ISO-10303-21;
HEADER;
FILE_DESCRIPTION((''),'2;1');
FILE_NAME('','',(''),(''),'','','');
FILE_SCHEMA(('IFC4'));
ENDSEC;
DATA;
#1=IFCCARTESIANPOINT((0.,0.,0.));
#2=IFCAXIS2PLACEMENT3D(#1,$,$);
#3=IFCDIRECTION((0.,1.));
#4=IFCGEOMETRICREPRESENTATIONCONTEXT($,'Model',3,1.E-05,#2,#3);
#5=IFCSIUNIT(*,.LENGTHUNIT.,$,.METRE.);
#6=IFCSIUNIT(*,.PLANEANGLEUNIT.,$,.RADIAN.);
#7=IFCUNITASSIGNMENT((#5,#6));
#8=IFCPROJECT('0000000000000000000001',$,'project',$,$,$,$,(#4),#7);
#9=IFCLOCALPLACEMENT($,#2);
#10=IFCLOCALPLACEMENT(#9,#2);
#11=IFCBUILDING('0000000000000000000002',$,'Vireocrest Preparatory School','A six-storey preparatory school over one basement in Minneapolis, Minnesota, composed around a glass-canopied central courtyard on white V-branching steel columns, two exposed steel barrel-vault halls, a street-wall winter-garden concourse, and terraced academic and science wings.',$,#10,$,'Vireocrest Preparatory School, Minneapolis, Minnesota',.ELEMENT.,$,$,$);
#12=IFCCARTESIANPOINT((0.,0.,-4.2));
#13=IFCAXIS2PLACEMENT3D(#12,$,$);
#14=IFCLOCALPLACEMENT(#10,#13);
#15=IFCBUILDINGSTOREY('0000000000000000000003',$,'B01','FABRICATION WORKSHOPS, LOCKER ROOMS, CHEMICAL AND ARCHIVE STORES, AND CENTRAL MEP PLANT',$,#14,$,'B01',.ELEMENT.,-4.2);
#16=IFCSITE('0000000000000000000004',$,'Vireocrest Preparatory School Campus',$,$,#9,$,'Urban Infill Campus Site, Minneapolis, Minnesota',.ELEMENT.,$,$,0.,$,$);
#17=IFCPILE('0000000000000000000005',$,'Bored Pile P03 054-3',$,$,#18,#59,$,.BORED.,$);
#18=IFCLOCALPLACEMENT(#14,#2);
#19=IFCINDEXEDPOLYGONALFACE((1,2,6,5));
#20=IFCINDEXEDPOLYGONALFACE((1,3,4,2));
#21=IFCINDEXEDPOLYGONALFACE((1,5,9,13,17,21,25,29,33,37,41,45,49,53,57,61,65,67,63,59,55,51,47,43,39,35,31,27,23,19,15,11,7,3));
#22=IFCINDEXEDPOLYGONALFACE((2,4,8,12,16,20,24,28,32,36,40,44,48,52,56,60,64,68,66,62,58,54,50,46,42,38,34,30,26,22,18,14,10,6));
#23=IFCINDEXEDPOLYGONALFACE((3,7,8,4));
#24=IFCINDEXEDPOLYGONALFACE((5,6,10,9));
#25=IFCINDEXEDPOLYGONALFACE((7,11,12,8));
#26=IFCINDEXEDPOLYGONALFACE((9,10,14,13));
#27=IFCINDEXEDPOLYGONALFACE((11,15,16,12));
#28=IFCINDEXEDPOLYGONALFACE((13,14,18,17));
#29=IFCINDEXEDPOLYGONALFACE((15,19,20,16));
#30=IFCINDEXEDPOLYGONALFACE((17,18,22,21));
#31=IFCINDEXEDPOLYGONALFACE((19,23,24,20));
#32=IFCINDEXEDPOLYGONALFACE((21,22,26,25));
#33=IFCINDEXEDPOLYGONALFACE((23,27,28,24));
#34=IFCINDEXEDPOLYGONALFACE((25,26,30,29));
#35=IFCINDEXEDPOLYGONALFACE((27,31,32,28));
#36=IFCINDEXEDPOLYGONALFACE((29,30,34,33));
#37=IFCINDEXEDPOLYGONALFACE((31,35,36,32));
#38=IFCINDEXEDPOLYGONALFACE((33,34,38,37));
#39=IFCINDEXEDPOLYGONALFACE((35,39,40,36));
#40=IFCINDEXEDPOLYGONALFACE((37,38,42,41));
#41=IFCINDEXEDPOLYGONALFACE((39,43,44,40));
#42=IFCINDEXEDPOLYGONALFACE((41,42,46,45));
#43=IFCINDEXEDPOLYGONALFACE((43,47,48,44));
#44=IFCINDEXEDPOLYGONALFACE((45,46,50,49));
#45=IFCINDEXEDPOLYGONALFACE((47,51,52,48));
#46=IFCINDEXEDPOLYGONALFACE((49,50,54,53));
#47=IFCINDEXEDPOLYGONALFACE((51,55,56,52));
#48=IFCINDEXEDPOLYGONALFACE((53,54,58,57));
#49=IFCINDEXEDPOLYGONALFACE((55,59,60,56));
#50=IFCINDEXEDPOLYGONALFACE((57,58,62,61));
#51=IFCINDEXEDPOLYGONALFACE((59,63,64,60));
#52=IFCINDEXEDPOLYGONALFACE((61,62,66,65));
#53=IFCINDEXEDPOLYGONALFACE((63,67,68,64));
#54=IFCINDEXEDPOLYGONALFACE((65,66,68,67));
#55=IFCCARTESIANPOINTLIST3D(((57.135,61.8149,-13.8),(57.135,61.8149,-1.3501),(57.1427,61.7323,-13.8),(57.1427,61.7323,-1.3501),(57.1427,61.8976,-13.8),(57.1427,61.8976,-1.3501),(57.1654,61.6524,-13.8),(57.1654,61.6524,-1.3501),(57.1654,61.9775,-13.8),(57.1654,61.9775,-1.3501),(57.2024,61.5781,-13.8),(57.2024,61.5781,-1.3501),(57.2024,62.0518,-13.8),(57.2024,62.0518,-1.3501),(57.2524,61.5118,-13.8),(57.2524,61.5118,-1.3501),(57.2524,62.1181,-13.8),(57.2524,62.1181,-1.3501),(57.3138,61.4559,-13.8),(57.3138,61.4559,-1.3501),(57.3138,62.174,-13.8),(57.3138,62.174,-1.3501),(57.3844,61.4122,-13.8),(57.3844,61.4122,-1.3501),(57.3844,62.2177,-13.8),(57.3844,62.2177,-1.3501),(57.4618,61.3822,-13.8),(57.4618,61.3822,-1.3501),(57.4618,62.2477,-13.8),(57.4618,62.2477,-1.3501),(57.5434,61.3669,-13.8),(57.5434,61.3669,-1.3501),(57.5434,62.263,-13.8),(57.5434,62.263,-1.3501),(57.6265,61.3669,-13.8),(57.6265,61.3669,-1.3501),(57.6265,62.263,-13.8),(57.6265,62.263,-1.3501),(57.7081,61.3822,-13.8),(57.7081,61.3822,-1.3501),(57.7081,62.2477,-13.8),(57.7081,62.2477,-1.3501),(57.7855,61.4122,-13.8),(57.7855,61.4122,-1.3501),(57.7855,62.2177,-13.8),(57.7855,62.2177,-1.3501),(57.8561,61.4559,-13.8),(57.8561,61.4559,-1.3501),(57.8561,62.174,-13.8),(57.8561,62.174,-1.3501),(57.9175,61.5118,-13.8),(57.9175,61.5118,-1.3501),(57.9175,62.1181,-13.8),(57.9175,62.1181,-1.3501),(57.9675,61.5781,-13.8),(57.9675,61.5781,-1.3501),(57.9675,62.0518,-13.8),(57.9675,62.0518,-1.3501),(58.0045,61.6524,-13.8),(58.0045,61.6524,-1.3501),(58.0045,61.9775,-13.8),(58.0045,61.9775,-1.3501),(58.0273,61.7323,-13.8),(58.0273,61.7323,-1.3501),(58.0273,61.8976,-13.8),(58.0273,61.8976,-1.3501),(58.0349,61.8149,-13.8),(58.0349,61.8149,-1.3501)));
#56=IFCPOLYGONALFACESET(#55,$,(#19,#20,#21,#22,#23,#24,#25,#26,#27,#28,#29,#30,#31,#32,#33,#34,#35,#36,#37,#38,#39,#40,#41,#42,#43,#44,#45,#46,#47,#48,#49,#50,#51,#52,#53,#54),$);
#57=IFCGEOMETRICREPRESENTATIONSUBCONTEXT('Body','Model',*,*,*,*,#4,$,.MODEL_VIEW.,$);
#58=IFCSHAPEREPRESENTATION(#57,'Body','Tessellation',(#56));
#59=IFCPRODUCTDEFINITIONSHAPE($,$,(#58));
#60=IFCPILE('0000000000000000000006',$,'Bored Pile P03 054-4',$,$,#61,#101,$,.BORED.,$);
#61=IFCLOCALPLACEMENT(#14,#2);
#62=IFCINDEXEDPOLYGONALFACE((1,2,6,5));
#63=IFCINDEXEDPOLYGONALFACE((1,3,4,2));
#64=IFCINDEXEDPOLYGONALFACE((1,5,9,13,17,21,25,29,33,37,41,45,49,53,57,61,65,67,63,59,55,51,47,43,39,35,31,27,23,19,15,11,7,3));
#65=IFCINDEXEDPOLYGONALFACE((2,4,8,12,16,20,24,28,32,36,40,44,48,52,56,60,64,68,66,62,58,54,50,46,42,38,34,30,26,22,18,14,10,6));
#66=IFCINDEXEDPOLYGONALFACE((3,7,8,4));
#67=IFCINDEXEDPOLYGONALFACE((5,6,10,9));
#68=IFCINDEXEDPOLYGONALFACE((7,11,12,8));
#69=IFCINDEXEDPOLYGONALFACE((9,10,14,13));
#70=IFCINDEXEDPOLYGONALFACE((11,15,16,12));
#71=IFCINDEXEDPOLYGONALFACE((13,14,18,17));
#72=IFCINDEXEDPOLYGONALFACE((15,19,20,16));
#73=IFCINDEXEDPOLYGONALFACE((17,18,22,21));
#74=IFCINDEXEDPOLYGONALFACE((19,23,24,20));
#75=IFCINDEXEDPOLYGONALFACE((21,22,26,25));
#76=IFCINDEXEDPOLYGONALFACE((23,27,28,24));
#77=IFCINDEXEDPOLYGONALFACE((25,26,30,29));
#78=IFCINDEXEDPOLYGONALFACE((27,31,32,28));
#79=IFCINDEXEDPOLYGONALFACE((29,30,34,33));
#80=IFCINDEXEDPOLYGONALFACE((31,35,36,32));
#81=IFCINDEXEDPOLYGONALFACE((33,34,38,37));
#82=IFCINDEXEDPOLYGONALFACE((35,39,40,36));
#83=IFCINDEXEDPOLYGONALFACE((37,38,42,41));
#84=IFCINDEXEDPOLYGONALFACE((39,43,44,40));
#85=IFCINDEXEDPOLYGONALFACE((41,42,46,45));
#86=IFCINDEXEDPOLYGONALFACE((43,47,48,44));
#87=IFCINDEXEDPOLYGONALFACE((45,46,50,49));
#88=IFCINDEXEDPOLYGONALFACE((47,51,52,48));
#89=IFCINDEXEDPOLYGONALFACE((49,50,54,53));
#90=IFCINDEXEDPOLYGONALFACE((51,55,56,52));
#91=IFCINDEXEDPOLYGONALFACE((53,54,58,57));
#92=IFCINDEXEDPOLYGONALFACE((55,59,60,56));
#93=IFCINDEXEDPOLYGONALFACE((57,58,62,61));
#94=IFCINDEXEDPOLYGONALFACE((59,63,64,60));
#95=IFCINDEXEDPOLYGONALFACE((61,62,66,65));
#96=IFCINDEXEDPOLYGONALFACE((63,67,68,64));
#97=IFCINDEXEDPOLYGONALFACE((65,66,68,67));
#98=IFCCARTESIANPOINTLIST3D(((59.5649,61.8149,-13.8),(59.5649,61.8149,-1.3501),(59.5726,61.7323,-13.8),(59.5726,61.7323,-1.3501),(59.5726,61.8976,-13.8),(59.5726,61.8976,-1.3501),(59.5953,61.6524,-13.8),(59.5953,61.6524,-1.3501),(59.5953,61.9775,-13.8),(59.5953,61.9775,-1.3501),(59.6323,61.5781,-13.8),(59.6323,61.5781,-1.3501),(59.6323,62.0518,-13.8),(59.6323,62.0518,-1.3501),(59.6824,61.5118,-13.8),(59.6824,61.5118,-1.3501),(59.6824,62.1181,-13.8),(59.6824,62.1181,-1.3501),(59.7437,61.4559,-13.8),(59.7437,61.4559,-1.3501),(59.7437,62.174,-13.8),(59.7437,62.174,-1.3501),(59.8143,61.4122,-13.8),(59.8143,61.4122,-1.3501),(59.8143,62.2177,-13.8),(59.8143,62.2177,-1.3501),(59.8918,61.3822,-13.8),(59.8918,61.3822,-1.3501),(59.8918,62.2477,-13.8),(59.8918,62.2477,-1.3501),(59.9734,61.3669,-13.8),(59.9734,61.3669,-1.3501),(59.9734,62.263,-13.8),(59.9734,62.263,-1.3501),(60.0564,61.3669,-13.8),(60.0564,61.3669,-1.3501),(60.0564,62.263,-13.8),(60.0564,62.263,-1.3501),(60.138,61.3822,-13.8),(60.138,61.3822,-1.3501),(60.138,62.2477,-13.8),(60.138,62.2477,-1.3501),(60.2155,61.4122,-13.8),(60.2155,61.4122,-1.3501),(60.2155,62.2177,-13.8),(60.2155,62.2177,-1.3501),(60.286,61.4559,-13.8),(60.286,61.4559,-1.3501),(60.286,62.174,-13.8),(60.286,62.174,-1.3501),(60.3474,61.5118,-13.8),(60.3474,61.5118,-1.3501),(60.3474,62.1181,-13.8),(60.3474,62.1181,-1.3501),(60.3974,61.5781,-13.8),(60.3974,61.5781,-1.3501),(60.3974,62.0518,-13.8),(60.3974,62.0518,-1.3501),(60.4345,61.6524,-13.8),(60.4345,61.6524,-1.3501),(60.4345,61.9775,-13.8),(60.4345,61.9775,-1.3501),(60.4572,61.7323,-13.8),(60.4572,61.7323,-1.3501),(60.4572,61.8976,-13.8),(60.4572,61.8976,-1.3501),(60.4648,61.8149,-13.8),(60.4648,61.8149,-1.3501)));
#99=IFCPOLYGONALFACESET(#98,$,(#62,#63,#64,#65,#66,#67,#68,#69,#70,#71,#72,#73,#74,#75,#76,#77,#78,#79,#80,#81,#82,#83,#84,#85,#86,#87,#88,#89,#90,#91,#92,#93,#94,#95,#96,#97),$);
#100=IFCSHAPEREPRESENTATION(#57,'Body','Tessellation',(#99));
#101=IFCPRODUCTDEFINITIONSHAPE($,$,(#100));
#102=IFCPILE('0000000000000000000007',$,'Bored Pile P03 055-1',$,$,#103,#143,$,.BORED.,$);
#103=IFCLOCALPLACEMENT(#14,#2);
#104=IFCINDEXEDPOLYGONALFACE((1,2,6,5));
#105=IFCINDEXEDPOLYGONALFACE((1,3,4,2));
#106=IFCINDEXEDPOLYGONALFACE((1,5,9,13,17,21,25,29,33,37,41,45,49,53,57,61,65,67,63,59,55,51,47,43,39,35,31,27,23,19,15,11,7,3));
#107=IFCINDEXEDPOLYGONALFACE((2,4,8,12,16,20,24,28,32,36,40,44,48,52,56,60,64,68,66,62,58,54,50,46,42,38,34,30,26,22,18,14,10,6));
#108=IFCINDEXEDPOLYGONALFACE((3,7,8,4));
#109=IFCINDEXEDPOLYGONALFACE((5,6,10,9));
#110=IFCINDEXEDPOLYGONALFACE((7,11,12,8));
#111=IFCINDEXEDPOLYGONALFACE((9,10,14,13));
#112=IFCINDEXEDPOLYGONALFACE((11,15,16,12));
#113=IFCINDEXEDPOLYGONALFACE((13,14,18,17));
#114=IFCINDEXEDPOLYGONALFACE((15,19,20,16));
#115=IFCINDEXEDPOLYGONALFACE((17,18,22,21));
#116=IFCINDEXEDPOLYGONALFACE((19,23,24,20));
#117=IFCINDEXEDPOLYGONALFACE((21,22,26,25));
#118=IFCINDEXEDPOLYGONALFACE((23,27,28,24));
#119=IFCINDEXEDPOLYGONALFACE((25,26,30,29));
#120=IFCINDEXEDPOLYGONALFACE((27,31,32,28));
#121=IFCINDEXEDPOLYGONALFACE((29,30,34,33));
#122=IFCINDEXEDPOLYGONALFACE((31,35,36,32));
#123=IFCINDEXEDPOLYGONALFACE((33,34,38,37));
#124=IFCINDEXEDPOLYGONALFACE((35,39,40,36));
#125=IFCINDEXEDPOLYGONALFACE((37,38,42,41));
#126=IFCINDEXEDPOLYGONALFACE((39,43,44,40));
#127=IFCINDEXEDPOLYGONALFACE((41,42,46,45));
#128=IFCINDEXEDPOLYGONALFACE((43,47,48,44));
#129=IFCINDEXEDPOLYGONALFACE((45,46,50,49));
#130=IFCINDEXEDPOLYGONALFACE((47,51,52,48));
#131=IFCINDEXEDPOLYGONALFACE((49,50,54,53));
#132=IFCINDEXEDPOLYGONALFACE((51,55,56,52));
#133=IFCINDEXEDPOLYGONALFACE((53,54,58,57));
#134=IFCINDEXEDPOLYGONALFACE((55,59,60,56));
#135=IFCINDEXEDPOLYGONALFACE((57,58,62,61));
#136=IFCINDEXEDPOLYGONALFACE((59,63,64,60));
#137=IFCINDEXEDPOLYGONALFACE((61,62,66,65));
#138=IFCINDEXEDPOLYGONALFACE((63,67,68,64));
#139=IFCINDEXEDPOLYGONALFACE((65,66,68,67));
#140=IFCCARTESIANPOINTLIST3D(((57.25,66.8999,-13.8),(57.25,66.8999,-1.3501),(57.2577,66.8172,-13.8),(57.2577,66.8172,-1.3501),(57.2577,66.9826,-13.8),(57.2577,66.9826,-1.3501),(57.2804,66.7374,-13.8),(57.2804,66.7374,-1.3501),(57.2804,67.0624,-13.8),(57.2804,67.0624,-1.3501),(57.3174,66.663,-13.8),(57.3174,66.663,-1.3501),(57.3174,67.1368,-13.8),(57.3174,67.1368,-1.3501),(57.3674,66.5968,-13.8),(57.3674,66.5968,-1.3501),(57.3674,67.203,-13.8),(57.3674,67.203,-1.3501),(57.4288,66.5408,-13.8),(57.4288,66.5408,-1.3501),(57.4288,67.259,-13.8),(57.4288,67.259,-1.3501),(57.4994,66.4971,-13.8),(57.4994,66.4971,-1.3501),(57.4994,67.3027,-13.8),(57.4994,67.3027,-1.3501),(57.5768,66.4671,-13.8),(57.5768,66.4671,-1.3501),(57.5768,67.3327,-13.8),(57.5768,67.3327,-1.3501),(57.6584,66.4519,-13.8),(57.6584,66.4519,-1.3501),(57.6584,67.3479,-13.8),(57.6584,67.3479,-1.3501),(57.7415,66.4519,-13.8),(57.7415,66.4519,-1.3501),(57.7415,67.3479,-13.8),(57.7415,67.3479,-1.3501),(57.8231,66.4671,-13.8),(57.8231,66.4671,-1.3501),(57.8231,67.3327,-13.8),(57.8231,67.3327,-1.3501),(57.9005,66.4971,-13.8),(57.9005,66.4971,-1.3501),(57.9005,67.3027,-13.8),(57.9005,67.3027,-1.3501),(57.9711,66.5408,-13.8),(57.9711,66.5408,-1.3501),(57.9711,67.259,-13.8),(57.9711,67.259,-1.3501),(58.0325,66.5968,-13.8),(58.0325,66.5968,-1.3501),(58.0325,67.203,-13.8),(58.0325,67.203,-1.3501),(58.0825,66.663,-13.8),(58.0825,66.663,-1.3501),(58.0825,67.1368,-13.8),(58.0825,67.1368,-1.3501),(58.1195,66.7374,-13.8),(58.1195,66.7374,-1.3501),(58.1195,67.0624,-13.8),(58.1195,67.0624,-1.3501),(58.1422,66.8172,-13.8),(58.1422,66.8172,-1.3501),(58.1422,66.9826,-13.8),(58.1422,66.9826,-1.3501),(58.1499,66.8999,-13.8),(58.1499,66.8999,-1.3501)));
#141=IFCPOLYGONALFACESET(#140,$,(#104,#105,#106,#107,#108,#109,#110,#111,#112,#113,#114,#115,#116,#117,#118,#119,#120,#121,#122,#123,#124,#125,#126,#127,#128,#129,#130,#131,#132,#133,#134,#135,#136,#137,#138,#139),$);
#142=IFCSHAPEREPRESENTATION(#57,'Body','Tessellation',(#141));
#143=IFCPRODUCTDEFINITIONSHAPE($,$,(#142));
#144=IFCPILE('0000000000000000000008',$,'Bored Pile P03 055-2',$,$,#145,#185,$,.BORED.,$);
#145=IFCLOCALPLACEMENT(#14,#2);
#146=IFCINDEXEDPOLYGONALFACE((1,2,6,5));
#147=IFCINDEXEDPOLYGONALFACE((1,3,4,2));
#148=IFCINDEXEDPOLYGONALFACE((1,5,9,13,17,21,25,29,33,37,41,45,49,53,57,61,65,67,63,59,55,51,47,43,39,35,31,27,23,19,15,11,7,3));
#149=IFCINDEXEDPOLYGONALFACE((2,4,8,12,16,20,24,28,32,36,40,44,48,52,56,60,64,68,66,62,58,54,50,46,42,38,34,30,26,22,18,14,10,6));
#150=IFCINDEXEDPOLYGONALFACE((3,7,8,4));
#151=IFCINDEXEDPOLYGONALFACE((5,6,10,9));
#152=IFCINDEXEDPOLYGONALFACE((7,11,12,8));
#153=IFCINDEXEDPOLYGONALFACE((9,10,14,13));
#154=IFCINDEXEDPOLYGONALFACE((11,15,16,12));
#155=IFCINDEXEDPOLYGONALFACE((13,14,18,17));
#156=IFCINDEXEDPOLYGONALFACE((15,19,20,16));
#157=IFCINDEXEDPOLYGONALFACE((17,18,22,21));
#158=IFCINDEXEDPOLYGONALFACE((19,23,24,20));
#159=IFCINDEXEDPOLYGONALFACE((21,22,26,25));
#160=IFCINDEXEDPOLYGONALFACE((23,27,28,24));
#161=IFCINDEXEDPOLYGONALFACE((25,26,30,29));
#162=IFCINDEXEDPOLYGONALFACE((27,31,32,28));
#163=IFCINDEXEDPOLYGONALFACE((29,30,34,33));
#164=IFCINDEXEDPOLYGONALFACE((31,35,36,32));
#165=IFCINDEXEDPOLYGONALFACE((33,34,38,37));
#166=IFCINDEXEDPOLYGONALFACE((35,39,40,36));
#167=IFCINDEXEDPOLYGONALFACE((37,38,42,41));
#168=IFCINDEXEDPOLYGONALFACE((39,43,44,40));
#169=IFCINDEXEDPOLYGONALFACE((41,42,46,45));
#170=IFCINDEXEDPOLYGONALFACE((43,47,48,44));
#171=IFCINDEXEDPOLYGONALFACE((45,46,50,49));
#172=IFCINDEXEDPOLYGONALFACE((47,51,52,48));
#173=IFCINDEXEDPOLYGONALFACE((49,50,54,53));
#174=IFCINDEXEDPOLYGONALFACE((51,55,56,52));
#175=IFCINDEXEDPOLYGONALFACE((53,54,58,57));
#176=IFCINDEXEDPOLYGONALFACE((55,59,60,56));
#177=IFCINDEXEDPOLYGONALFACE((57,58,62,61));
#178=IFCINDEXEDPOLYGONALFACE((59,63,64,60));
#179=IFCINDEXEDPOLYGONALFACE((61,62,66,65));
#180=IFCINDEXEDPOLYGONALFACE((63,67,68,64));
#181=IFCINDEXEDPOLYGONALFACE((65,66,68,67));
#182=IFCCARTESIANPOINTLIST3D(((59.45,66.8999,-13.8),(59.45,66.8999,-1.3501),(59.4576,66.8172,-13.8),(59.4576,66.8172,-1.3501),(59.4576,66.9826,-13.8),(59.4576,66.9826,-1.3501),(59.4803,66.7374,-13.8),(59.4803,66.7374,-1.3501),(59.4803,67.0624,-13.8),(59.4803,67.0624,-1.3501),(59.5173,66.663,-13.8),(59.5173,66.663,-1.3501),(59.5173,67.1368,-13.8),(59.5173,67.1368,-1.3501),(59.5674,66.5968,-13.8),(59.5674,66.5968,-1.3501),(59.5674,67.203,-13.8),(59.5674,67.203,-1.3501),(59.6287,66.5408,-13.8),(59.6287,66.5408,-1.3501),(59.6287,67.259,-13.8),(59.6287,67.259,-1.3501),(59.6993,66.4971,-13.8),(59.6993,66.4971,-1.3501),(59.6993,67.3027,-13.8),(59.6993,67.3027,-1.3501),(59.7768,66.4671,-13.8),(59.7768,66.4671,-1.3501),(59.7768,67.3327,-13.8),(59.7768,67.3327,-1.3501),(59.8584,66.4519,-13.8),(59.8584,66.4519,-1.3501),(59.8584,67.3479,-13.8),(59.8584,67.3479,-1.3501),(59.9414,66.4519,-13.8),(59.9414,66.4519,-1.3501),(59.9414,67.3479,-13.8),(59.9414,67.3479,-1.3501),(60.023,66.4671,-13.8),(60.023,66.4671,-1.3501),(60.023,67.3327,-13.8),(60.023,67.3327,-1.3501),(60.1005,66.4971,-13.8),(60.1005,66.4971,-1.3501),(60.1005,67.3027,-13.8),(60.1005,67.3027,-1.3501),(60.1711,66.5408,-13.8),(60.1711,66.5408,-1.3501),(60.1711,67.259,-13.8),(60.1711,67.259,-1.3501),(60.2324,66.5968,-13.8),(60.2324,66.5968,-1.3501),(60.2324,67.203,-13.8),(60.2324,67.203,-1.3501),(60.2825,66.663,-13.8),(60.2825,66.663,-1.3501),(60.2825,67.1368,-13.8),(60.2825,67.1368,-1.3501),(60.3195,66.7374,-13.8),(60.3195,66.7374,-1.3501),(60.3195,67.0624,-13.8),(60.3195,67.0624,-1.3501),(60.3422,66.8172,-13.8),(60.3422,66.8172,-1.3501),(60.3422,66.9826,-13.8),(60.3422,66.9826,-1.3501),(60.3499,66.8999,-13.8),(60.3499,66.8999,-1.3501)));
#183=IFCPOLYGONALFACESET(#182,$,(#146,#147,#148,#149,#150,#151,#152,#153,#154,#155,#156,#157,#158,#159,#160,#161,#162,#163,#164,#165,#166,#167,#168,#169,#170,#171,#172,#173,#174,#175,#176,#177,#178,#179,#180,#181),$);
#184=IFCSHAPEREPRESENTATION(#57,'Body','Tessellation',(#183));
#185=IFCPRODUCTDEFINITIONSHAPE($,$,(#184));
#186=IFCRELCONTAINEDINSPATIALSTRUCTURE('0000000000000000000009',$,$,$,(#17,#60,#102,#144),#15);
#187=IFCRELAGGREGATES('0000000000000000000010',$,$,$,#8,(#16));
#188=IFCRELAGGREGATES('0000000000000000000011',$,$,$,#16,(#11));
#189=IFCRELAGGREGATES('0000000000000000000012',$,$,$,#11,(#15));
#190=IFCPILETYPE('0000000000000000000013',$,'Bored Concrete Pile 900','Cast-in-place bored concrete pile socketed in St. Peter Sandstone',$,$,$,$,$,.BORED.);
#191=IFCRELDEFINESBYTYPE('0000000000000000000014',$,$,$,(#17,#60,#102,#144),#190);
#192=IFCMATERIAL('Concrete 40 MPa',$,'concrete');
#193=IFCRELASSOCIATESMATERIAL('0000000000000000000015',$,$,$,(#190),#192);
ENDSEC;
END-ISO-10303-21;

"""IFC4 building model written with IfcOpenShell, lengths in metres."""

from ifc_helpers import new_model, si_unit, direction, frame, origin, origin_2d, place, context, subcontext, project, spatial, circle, extrude, material, material_profile, profile_set, type_object, element, save


model = new_model("IFC4")

# Units and contexts
model_context = context("Model", 3, precision=1e-05, world=origin(), true_north=direction((0.0, 1.0)))
body_context = subcontext(model_context, "Body", "Model", "MODEL_VIEW")
ifc_project = project(units=[si_unit("LENGTHUNIT", "METRE"), si_unit("PLANEANGLEUNIT", "RADIAN")], contexts=[model_context])

# Site, building, storey
site_placement = place(None, origin())
site = spatial("IfcSite", under=ifc_project, at=site_placement, Name="Vireocrest Preparatory School Campus", LongName="Urban Infill Campus Site, Minneapolis, Minnesota", CompositionType="ELEMENT", RefElevation=0.0)
building_placement = place(site_placement, origin())
building = spatial("IfcBuilding", under=site, at=building_placement, Name="Vireocrest Preparatory School", Description="A six-storey preparatory school over one basement in Minneapolis, Minnesota, composed around a glass-canopied central courtyard on white V-branching steel columns, two exposed steel barrel-vault halls, a street-wall winter-garden concourse, and terraced academic and science wings.", LongName="Vireocrest Preparatory School, Minneapolis, Minnesota", CompositionType="ELEMENT")
storey_placement = place(building_placement, frame((0.0, 0.0, -4.2)))
storey = spatial("IfcBuildingStorey", under=building, at=storey_placement, Name="B01", Description="FABRICATION WORKSHOPS, LOCKER ROOMS, CHEMICAL AND ARCHIVE STORES, AND CENTRAL MEP PLANT", LongName="B01", CompositionType="ELEMENT", Elevation=-4.2)

# Piles
ifc_material_1 = material(Name="Concrete 40 MPa", Category="concrete")
ifc_material_profile_1 = material_profile(ifc_material_1, circle(Radius=0.45, at=origin_2d()), Name="BORED PILE 900")
ifc_profile_set_1 = profile_set([ifc_material_profile_1], Name="Concrete 40 MPa")
pile_type_1 = type_object("IfcPileType", Name="Bored Concrete Pile 900", Description="Cast-in-place bored concrete pile socketed in St. Peter Sandstone", PredefinedType="BORED", material=ifc_profile_set_1)
for number, where, z_axis, x_axis, name in (
    (1, (57.585, 61.8149, -1.3501), (0.0, 0.0, -1.0), (1.0, 0.0, 0.0), "Bored Pile P03 054-3"),
    (2, (60.0149, 61.8149, -1.3501), (0.0, 0.0, -1.0), (1.0, 0.0, 0.0), "Bored Pile P03 054-4"),
    (3, (57.7, 66.8999, -1.3501), (0.0, 0.0, -1.0), (1.0, 0.0, 0.0), "Bored Pile P03 055-1"),
    (4, (59.8999, 66.8999, -1.3501), (0.0, 0.0, -1.0), (1.0, 0.0, 0.0), "Bored Pile P03 055-2"),
):
    element("IfcPile", number, at=place(storey_placement, frame(where, z_axis=z_axis, x_axis=x_axis)), inside=storey, type_object=pile_type_1, Name=name, PredefinedType="BORED", context=body_context, shape_type="SweptSolid", body=[
        extrude(circle(Radius=0.45, at=origin_2d()), origin(), (0.0, 0.0, 1.0), 12.45),
    ])

save(model, "model.ifc")
